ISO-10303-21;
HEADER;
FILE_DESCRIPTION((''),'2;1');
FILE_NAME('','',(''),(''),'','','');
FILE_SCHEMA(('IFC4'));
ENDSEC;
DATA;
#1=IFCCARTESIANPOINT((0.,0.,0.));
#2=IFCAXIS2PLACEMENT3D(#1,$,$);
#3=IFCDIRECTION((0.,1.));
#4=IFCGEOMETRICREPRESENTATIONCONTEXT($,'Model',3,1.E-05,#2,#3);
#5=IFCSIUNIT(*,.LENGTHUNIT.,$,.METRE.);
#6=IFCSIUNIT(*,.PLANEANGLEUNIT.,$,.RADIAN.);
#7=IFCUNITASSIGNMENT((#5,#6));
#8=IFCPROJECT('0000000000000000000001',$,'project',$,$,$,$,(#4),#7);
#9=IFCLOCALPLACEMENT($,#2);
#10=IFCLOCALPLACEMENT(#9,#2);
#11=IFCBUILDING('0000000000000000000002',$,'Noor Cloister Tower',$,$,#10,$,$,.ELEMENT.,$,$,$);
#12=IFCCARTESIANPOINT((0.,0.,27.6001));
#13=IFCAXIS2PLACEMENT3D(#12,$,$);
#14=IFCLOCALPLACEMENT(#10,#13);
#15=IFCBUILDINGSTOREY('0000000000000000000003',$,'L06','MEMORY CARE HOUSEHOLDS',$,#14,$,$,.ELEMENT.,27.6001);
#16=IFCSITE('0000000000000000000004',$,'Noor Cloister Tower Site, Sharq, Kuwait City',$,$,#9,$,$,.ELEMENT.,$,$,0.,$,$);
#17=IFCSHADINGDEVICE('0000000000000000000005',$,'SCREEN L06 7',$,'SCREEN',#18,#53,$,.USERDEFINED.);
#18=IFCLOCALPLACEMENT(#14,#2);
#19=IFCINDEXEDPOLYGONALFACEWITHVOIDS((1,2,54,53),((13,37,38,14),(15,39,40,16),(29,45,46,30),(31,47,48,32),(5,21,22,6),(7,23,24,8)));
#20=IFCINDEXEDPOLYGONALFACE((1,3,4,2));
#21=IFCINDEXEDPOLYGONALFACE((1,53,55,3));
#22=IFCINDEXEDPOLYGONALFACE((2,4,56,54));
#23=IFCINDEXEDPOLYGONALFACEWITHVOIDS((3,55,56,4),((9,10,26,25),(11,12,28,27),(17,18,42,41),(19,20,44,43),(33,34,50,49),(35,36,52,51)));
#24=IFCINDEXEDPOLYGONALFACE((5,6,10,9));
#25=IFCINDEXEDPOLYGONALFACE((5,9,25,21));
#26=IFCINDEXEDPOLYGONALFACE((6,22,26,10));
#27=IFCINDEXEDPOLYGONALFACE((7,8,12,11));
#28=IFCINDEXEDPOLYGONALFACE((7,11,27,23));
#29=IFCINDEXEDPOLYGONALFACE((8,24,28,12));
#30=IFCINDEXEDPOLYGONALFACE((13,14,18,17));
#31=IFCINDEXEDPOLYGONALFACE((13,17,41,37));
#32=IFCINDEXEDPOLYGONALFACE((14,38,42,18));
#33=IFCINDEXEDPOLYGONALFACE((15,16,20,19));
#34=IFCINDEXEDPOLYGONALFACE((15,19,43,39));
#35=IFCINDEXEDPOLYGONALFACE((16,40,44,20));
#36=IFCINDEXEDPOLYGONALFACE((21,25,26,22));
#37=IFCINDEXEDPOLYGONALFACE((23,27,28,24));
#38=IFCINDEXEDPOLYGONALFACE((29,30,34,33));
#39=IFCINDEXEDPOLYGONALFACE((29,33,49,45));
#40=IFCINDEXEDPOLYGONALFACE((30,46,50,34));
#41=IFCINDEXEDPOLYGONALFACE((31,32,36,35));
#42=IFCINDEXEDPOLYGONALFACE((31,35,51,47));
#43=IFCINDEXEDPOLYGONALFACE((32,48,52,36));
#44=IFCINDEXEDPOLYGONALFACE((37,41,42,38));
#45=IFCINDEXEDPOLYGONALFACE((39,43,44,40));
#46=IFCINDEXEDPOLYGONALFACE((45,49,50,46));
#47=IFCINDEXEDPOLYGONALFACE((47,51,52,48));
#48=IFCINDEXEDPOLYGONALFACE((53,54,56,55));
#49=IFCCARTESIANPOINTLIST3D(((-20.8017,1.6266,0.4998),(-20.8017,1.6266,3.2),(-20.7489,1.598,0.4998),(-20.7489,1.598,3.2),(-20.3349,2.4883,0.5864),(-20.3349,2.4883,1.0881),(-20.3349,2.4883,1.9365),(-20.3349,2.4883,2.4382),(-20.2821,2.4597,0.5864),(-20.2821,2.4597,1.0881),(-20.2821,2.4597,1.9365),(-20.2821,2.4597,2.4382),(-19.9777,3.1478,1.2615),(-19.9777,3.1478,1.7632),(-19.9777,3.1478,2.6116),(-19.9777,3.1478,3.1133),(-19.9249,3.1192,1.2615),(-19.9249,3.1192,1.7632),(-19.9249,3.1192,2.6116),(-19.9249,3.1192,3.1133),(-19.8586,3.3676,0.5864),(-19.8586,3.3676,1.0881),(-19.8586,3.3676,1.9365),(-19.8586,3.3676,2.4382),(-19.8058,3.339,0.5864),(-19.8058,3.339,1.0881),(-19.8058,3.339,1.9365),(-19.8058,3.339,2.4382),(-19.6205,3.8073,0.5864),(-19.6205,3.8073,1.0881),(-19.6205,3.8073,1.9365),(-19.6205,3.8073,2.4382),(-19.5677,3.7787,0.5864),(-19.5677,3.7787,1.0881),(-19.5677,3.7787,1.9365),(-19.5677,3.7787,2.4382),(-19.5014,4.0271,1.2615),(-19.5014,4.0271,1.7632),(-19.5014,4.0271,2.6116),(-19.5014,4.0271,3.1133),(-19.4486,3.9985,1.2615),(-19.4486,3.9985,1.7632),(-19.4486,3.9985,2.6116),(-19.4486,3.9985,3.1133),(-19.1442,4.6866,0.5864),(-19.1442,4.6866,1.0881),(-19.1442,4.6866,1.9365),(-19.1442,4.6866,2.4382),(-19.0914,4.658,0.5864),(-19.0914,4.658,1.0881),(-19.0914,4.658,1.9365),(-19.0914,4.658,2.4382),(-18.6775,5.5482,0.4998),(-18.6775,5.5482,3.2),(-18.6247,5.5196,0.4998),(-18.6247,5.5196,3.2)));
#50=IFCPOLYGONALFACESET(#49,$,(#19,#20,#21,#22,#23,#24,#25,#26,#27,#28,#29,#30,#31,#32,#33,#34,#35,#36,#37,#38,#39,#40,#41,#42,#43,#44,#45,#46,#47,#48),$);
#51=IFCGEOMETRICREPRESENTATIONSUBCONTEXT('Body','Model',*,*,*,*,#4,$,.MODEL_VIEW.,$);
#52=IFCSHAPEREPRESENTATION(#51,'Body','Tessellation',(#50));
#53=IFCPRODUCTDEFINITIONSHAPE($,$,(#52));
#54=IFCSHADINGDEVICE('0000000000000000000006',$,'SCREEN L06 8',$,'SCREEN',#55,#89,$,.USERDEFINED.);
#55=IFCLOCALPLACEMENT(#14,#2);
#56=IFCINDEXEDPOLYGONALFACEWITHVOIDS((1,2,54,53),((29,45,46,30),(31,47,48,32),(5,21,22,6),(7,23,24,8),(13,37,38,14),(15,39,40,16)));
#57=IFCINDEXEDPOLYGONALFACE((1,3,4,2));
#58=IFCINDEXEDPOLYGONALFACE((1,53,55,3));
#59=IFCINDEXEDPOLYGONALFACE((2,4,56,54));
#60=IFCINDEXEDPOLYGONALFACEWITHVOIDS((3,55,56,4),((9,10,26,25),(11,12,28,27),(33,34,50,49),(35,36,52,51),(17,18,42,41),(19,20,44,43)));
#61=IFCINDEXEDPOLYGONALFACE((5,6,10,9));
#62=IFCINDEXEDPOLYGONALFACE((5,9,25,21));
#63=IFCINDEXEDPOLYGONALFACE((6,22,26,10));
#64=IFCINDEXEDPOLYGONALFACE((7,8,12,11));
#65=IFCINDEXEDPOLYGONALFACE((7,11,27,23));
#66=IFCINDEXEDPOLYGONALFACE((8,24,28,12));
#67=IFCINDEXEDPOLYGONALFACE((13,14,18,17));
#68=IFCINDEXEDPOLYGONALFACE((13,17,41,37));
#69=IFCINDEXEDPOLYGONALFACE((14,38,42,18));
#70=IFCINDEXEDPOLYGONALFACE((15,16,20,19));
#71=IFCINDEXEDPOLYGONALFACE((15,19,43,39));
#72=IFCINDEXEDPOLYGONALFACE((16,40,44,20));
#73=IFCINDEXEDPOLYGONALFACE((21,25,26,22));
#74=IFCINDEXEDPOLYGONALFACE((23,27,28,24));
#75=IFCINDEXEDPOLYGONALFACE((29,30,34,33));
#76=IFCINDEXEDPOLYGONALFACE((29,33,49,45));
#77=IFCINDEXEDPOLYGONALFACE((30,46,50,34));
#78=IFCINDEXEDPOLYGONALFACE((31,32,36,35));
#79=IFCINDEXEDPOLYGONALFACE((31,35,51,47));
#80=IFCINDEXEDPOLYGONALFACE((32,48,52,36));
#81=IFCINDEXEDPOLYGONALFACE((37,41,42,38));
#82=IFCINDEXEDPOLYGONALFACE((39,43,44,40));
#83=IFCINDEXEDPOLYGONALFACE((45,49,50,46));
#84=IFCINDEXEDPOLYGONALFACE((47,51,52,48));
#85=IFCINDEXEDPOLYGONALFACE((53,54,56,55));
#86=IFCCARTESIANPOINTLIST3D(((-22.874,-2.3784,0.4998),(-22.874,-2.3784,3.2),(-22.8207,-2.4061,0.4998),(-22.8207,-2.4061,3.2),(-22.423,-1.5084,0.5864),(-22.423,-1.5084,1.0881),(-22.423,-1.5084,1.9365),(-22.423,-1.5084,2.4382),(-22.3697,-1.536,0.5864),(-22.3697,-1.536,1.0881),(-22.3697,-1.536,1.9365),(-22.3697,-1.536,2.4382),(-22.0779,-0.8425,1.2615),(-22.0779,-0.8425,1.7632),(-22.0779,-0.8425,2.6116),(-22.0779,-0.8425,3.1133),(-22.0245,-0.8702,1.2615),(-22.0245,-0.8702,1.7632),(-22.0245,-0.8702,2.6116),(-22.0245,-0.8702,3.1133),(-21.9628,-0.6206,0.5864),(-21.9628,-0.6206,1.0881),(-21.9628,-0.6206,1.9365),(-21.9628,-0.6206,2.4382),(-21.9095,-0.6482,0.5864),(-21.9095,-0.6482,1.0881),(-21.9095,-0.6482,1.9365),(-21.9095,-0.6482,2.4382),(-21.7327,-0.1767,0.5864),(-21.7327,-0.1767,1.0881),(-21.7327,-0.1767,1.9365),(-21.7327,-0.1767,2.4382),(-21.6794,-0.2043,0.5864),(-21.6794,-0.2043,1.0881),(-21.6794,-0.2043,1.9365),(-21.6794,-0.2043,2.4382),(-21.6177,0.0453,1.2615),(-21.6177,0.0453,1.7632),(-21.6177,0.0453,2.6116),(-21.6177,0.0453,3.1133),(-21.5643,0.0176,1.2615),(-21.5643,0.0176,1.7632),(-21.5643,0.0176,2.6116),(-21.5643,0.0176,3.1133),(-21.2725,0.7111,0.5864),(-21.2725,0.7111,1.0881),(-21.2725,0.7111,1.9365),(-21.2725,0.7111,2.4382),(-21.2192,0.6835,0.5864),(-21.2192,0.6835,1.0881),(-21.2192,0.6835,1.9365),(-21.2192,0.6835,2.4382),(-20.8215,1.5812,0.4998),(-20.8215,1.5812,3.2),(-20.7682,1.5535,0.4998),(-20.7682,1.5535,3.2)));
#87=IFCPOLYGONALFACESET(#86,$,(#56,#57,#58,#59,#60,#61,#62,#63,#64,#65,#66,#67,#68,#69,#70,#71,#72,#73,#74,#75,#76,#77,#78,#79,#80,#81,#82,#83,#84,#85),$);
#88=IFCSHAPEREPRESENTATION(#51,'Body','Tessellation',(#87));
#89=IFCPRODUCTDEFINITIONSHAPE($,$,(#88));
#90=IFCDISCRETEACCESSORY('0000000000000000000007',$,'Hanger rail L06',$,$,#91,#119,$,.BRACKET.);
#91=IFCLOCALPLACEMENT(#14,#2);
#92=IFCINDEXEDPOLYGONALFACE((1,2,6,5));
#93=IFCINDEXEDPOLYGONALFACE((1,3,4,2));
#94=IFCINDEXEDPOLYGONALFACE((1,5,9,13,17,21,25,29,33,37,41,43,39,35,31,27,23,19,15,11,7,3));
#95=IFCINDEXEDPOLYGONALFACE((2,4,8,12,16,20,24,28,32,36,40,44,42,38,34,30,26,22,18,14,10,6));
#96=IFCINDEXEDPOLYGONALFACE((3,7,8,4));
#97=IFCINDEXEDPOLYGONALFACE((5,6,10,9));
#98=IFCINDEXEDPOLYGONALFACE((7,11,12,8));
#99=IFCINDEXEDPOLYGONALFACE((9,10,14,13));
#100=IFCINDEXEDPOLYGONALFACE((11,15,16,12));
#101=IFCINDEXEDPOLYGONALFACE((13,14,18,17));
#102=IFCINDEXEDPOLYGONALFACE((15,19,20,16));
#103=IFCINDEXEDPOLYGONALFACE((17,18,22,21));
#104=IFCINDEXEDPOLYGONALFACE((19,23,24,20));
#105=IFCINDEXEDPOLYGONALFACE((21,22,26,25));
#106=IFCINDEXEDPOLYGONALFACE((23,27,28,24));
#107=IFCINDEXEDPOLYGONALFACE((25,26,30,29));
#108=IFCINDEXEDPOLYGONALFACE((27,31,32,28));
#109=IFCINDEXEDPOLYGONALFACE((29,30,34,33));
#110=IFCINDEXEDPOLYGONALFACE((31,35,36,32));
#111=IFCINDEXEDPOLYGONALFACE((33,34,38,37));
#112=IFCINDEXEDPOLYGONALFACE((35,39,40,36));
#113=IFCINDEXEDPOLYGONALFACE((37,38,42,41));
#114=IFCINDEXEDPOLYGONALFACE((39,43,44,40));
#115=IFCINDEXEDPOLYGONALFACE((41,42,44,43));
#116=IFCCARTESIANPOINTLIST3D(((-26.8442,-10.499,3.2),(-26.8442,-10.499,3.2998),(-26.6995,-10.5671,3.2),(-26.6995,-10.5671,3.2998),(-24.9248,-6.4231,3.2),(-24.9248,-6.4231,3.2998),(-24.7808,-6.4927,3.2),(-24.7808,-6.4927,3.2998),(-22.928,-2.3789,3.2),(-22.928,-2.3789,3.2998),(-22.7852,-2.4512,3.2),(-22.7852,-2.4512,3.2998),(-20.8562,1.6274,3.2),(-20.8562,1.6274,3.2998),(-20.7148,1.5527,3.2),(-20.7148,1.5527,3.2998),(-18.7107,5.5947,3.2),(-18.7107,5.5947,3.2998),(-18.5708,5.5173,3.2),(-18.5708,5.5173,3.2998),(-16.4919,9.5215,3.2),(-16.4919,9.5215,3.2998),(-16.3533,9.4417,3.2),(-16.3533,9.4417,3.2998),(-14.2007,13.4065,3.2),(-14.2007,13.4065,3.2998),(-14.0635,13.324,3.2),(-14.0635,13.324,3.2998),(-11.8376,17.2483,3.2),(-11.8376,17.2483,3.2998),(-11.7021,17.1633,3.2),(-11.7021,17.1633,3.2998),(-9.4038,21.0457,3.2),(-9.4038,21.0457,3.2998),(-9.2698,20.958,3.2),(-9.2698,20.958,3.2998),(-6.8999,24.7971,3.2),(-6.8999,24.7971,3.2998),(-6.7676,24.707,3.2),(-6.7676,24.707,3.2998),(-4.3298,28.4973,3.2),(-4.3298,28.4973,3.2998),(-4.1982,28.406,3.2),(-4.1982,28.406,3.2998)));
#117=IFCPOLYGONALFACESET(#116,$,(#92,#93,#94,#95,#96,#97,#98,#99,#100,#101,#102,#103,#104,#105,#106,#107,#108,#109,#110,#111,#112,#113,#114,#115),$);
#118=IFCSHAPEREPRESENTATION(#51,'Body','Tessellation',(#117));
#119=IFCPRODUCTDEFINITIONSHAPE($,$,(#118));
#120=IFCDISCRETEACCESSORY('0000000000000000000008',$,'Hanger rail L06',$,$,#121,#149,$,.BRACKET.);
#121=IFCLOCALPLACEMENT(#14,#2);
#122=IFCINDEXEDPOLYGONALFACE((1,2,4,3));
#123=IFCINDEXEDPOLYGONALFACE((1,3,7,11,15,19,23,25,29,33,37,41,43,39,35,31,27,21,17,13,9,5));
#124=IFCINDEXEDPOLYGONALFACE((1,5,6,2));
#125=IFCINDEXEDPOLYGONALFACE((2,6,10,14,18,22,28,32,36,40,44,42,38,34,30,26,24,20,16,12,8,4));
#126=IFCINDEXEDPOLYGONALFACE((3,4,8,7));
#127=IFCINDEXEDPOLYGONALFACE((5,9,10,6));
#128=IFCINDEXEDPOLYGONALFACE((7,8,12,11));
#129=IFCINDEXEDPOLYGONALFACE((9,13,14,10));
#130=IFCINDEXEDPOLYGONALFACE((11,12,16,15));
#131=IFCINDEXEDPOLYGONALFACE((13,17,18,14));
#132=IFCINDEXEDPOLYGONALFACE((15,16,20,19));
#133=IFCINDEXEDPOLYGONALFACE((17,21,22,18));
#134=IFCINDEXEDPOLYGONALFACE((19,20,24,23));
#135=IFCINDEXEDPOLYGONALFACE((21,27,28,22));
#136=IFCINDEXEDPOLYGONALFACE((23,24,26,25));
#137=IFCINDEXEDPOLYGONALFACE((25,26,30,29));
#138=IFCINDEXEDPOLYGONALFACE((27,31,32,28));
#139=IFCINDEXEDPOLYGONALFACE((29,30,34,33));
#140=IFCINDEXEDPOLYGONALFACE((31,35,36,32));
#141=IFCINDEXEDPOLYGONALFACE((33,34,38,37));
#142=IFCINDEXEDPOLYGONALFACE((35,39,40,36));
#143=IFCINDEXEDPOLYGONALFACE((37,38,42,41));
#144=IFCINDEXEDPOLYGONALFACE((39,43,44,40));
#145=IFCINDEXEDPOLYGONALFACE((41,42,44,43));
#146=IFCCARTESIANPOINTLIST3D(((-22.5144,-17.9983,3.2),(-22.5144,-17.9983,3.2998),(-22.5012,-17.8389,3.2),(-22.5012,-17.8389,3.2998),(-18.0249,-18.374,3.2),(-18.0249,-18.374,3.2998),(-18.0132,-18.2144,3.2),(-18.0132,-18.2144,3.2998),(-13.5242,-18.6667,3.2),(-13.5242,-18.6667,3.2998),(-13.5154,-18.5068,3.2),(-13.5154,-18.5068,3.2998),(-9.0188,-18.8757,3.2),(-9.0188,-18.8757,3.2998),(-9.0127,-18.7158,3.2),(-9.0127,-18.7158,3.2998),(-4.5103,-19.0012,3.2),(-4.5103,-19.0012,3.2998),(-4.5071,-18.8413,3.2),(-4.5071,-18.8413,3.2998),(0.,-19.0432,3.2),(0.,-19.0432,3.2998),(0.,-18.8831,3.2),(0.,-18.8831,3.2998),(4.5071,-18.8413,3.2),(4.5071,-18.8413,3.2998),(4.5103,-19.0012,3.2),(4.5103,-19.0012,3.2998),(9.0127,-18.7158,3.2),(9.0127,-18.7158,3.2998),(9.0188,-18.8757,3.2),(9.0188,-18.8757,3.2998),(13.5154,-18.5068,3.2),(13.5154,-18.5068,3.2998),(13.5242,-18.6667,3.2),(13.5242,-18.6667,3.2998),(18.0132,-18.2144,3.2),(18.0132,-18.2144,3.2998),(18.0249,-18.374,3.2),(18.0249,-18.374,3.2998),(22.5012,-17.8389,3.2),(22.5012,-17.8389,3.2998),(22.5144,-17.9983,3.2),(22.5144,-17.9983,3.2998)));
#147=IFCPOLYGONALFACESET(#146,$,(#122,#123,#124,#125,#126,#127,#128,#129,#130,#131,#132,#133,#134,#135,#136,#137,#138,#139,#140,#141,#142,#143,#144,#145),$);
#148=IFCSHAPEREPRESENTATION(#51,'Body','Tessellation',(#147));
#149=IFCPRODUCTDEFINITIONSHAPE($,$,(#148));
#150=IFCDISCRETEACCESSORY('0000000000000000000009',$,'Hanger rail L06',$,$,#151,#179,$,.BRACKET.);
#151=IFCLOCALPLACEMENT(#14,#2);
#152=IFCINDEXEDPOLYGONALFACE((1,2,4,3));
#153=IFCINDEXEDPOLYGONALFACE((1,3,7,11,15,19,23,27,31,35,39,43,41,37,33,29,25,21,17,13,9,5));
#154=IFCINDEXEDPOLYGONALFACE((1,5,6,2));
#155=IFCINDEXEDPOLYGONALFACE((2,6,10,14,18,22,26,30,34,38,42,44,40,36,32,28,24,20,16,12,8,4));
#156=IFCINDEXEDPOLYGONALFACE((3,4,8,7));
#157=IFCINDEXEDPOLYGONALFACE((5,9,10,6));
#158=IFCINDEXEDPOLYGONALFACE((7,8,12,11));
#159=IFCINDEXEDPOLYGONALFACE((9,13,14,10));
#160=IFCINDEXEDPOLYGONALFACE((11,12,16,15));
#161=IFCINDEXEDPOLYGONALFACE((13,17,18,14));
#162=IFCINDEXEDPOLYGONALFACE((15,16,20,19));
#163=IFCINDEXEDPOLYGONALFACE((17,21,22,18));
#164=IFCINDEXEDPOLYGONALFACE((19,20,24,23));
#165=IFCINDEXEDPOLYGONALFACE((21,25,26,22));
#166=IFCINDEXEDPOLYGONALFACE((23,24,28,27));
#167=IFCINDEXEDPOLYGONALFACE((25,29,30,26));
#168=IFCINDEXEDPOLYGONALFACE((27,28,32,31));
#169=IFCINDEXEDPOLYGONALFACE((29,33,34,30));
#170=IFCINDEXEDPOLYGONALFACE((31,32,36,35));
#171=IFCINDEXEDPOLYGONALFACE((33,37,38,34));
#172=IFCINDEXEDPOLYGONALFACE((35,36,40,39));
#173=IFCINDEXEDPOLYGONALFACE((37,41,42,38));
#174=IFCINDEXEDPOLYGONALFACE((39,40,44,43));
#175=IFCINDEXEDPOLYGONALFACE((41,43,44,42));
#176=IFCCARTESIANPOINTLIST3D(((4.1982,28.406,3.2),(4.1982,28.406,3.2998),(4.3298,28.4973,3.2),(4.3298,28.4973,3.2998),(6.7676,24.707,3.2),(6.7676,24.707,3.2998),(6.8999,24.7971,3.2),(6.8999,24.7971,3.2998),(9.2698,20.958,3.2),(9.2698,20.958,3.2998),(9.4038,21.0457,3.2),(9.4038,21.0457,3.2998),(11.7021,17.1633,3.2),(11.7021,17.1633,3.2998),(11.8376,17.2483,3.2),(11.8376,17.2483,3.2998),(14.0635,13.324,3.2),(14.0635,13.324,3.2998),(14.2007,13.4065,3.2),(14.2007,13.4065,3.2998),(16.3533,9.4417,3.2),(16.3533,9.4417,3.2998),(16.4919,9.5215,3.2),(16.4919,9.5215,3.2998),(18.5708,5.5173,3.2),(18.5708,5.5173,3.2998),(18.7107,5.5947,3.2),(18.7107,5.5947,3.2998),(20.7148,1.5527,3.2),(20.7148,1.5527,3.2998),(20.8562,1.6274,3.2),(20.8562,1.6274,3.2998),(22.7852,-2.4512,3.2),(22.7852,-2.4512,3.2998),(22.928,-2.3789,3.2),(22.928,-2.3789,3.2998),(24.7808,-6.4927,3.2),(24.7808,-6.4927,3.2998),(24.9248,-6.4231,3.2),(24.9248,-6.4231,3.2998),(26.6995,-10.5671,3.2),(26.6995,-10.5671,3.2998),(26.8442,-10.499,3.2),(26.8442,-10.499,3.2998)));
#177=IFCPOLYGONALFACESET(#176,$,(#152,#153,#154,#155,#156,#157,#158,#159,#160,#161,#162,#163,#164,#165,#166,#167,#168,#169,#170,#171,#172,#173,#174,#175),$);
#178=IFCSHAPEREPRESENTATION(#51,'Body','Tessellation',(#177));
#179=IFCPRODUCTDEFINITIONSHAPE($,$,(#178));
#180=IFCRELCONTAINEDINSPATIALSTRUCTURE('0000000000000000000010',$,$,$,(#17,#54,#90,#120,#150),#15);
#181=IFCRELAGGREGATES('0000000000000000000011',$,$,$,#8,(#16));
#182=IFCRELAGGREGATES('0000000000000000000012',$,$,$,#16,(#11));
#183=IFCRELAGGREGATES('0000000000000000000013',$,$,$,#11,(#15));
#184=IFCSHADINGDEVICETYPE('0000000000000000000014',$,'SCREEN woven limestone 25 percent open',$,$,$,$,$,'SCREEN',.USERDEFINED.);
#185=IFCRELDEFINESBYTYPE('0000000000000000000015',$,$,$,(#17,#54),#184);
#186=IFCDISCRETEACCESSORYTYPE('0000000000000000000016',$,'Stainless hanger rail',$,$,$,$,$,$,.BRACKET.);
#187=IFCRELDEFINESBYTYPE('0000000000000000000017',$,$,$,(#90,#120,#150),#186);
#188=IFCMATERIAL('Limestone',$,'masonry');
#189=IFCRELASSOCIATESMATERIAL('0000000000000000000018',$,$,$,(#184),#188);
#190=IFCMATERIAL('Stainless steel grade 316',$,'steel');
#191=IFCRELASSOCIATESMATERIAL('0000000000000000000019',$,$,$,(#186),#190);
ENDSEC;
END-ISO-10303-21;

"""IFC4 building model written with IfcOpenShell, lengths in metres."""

from ifc_helpers import new_model, si_unit, direction, frame, origin, place, context, subcontext, project, spatial, polyline, outline, extrude, material, material_profile, profile_set, type_object, element, save


model = new_model("IFC4")

# Units and contexts
model_context = context("Model", 3, precision=1e-05, world=origin(), true_north=direction((0.0, 1.0)))
body_context = subcontext(model_context, "Body", "Model", "MODEL_VIEW")
ifc_project = project(units=[si_unit("LENGTHUNIT", "METRE"), si_unit("PLANEANGLEUNIT", "RADIAN")], contexts=[model_context])

# Site, building, storey
site_placement = place(None, origin())
site = spatial("IfcSite", under=ifc_project, at=site_placement, Name="Noor Cloister Tower Site, Sharq, Kuwait City", CompositionType="ELEMENT", RefElevation=0.0)
building_placement = place(site_placement, origin())
building = spatial("IfcBuilding", under=site, at=building_placement, Name="Noor Cloister Tower", CompositionType="ELEMENT")
storey_placement = place(building_placement, frame((0.0, 0.0, 27.6001)))
storey = spatial("IfcBuildingStorey", under=building, at=storey_placement, Name="L06", Description="MEMORY CARE HOUSEHOLDS", CompositionType="ELEMENT", Elevation=27.6001)

# Shading devices
ifc_material_1 = material(Name="Limestone", Category="masonry")
ifc_material_profile_1 = material_profile(ifc_material_1, outline(polyline([(-2.23, -1.3501), (2.23, -1.3501), (2.23, 1.3501), (-2.23, 1.3501), (-2.23, -1.3501)]), holes=[polyline([(-1.25, -1.2634), (-0.25, -1.2634), (-0.25, -0.7617), (-1.25, -0.7617), (-1.25, -1.2634)]), polyline([(0.25, -1.2634), (1.25, -1.2634), (1.25, -0.7617), (0.25, -0.7617), (0.25, -1.2634)]), polyline([(-0.5, -0.5884), (0.5, -0.5884), (0.5, -0.0867), (-0.5, -0.0867), (-0.5, -0.5884)]), polyline([(-1.25, 0.0867), (-0.25, 0.0867), (-0.25, 0.5884), (-1.25, 0.5884), (-1.25, 0.0867)]), polyline([(0.25, 0.0867), (1.25, 0.0867), (1.25, 0.5884), (0.25, 0.5884), (0.25, 0.0867)]), polyline([(-0.5, 0.7617), (0.5, 0.7617), (0.5, 1.2634), (-0.5, 1.2634), (-0.5, 0.7617)])]), Name="Woven screen 25 percent open")
ifc_profile_set_1 = profile_set([ifc_material_profile_1], Name="Limestone")
shading_device_type = type_object("IfcShadingDeviceType", Name="SCREEN woven limestone 25 percent open", ElementType="SCREEN", PredefinedType="USERDEFINED", material=ifc_profile_set_1)
for number, where, z_axis, x_axis, name in (
    (1, (-19.6868, 3.5588, 1.8499), (-0.879292, 0.476283, 0.0), (-0.476283, -0.879292, 0.0), "SCREEN L06 7"),
    (2, (-21.7944, -0.4263, 1.8499), (-0.887816, 0.460198, 0.0), (-0.460198, -0.887816, 0.0), "SCREEN L06 8"),
):
    element("IfcShadingDevice", number, at=place(storey_placement, frame(where, z_axis=z_axis, x_axis=x_axis)), inside=storey, type_object=shading_device_type, Name=name, ObjectType="SCREEN", PredefinedType="USERDEFINED", context=body_context, shape_type="SweptSolid", body=[
        extrude(outline(polyline([(-2.23, -1.3501), (2.23, -1.3501), (2.23, 1.3501), (-2.23, 1.3501), (-2.23, -1.3501)]), holes=[polyline([(-1.25, -1.2634), (-0.25, -1.2634), (-0.25, -0.7617), (-1.25, -0.7617), (-1.25, -1.2634)]), polyline([(0.25, -1.2634), (1.25, -1.2634), (1.25, -0.7617), (0.25, -0.7617), (0.25, -1.2634)]), polyline([(-0.5, -0.5884), (0.5, -0.5884), (0.5, -0.0867), (-0.5, -0.0867), (-0.5, -0.5884)]), polyline([(-1.25, 0.0867), (-0.25, 0.0867), (-0.25, 0.5884), (-1.25, 0.5884), (-1.25, 0.0867)]), polyline([(0.25, 0.0867), (1.25, 0.0867), (1.25, 0.5884), (0.25, 0.5884), (0.25, 0.0867)]), polyline([(-0.5, 0.7617), (0.5, 0.7617), (0.5, 1.2634), (-0.5, 1.2634), (-0.5, 0.7617)])]), origin(), (0.0, 0.0, 1.0), 0.0601),
    ])

# Discrete accessories
ifc_material_2 = material(Name="Stainless steel grade 316", Category="steel")
discrete_accessory_type = type_object("IfcDiscreteAccessoryType", Name="Stainless hanger rail", PredefinedType="BRACKET", material=ifc_material_2)
discrete_accessory_1_placement = place(storey_placement, frame((0.0, 0.0, 3.2)))
element("IfcDiscreteAccessory", 3, at=discrete_accessory_1_placement, inside=storey, type_object=discrete_accessory_type, Name="Hanger rail L06", PredefinedType="BRACKET", context=body_context, shape_type="SweptSolid", body=[
    extrude(outline(polyline([(-4.3298, 28.4973), (-6.8999, 24.7971), (-9.4038, 21.0457), (-11.8376, 17.2483), (-14.2007, 13.4065), (-16.4919, 9.5215), (-18.7107, 5.5947), (-20.8562, 1.6274), (-22.928, -2.3789), (-24.9248, -6.4231), (-26.8442, -10.499), (-26.6995, -10.5671), (-24.7808, -6.4927), (-22.7852, -2.4512), (-20.7148, 1.5527), (-18.5708, 5.5173), (-16.3533, 9.4417), (-14.0635, 13.324), (-11.7021, 17.1633), (-9.2698, 20.958), (-6.7676, 24.707), (-4.1982, 28.406), (-4.3298, 28.4973)])), origin(), (0.0, 0.0, 1.0), 0.0999),
])
discrete_accessory_2_placement = place(storey_placement, frame((0.0, 0.0, 3.2)))
element("IfcDiscreteAccessory", 4, at=discrete_accessory_2_placement, inside=storey, type_object=discrete_accessory_type, Name="Hanger rail L06", PredefinedType="BRACKET", context=body_context, shape_type="SweptSolid", body=[
    extrude(outline(polyline([(-22.5144, -17.9983), (-18.0249, -18.374), (-13.5242, -18.6667), (-9.0188, -18.8757), (-4.5103, -19.0012), (0.0, -19.0432), (4.5103, -19.0012), (9.0188, -18.8757), (13.5242, -18.6667), (18.0249, -18.374), (22.5144, -17.9983), (22.5012, -17.8389), (18.0132, -18.2144), (13.5154, -18.5068), (9.0127, -18.7158), (4.5071, -18.8413), (0.0, -18.8831), (-4.5071, -18.8413), (-9.0127, -18.7158), (-13.5154, -18.5068), (-18.0132, -18.2144), (-22.5012, -17.8389), (-22.5144, -17.9983)])), origin(), (0.0, 0.0, 1.0), 0.0999),
])
discrete_accessory_3_placement = place(storey_placement, frame((0.0, 0.0, 3.2)))
element("IfcDiscreteAccessory", 5, at=discrete_accessory_3_placement, inside=storey, type_object=discrete_accessory_type, Name="Hanger rail L06", PredefinedType="BRACKET", context=body_context, shape_type="SweptSolid", body=[
    extrude(outline(polyline([(26.8442, -10.499), (24.9248, -6.4231), (22.928, -2.3789), (20.8562, 1.6274), (18.7107, 5.5947), (16.4919, 9.5215), (14.2007, 13.4065), (11.8376, 17.2483), (9.4038, 21.0457), (6.8999, 24.7971), (4.3298, 28.4973), (4.1982, 28.406), (6.7676, 24.707), (9.2698, 20.958), (11.7021, 17.1633), (14.0635, 13.324), (16.3533, 9.4417), (18.5708, 5.5173), (20.7148, 1.5527), (22.7852, -2.4512), (24.7808, -6.4927), (26.6995, -10.5671), (26.8442, -10.499)])), origin(), (0.0, 0.0, 1.0), 0.0999),
])

save(model, "model.ifc")
